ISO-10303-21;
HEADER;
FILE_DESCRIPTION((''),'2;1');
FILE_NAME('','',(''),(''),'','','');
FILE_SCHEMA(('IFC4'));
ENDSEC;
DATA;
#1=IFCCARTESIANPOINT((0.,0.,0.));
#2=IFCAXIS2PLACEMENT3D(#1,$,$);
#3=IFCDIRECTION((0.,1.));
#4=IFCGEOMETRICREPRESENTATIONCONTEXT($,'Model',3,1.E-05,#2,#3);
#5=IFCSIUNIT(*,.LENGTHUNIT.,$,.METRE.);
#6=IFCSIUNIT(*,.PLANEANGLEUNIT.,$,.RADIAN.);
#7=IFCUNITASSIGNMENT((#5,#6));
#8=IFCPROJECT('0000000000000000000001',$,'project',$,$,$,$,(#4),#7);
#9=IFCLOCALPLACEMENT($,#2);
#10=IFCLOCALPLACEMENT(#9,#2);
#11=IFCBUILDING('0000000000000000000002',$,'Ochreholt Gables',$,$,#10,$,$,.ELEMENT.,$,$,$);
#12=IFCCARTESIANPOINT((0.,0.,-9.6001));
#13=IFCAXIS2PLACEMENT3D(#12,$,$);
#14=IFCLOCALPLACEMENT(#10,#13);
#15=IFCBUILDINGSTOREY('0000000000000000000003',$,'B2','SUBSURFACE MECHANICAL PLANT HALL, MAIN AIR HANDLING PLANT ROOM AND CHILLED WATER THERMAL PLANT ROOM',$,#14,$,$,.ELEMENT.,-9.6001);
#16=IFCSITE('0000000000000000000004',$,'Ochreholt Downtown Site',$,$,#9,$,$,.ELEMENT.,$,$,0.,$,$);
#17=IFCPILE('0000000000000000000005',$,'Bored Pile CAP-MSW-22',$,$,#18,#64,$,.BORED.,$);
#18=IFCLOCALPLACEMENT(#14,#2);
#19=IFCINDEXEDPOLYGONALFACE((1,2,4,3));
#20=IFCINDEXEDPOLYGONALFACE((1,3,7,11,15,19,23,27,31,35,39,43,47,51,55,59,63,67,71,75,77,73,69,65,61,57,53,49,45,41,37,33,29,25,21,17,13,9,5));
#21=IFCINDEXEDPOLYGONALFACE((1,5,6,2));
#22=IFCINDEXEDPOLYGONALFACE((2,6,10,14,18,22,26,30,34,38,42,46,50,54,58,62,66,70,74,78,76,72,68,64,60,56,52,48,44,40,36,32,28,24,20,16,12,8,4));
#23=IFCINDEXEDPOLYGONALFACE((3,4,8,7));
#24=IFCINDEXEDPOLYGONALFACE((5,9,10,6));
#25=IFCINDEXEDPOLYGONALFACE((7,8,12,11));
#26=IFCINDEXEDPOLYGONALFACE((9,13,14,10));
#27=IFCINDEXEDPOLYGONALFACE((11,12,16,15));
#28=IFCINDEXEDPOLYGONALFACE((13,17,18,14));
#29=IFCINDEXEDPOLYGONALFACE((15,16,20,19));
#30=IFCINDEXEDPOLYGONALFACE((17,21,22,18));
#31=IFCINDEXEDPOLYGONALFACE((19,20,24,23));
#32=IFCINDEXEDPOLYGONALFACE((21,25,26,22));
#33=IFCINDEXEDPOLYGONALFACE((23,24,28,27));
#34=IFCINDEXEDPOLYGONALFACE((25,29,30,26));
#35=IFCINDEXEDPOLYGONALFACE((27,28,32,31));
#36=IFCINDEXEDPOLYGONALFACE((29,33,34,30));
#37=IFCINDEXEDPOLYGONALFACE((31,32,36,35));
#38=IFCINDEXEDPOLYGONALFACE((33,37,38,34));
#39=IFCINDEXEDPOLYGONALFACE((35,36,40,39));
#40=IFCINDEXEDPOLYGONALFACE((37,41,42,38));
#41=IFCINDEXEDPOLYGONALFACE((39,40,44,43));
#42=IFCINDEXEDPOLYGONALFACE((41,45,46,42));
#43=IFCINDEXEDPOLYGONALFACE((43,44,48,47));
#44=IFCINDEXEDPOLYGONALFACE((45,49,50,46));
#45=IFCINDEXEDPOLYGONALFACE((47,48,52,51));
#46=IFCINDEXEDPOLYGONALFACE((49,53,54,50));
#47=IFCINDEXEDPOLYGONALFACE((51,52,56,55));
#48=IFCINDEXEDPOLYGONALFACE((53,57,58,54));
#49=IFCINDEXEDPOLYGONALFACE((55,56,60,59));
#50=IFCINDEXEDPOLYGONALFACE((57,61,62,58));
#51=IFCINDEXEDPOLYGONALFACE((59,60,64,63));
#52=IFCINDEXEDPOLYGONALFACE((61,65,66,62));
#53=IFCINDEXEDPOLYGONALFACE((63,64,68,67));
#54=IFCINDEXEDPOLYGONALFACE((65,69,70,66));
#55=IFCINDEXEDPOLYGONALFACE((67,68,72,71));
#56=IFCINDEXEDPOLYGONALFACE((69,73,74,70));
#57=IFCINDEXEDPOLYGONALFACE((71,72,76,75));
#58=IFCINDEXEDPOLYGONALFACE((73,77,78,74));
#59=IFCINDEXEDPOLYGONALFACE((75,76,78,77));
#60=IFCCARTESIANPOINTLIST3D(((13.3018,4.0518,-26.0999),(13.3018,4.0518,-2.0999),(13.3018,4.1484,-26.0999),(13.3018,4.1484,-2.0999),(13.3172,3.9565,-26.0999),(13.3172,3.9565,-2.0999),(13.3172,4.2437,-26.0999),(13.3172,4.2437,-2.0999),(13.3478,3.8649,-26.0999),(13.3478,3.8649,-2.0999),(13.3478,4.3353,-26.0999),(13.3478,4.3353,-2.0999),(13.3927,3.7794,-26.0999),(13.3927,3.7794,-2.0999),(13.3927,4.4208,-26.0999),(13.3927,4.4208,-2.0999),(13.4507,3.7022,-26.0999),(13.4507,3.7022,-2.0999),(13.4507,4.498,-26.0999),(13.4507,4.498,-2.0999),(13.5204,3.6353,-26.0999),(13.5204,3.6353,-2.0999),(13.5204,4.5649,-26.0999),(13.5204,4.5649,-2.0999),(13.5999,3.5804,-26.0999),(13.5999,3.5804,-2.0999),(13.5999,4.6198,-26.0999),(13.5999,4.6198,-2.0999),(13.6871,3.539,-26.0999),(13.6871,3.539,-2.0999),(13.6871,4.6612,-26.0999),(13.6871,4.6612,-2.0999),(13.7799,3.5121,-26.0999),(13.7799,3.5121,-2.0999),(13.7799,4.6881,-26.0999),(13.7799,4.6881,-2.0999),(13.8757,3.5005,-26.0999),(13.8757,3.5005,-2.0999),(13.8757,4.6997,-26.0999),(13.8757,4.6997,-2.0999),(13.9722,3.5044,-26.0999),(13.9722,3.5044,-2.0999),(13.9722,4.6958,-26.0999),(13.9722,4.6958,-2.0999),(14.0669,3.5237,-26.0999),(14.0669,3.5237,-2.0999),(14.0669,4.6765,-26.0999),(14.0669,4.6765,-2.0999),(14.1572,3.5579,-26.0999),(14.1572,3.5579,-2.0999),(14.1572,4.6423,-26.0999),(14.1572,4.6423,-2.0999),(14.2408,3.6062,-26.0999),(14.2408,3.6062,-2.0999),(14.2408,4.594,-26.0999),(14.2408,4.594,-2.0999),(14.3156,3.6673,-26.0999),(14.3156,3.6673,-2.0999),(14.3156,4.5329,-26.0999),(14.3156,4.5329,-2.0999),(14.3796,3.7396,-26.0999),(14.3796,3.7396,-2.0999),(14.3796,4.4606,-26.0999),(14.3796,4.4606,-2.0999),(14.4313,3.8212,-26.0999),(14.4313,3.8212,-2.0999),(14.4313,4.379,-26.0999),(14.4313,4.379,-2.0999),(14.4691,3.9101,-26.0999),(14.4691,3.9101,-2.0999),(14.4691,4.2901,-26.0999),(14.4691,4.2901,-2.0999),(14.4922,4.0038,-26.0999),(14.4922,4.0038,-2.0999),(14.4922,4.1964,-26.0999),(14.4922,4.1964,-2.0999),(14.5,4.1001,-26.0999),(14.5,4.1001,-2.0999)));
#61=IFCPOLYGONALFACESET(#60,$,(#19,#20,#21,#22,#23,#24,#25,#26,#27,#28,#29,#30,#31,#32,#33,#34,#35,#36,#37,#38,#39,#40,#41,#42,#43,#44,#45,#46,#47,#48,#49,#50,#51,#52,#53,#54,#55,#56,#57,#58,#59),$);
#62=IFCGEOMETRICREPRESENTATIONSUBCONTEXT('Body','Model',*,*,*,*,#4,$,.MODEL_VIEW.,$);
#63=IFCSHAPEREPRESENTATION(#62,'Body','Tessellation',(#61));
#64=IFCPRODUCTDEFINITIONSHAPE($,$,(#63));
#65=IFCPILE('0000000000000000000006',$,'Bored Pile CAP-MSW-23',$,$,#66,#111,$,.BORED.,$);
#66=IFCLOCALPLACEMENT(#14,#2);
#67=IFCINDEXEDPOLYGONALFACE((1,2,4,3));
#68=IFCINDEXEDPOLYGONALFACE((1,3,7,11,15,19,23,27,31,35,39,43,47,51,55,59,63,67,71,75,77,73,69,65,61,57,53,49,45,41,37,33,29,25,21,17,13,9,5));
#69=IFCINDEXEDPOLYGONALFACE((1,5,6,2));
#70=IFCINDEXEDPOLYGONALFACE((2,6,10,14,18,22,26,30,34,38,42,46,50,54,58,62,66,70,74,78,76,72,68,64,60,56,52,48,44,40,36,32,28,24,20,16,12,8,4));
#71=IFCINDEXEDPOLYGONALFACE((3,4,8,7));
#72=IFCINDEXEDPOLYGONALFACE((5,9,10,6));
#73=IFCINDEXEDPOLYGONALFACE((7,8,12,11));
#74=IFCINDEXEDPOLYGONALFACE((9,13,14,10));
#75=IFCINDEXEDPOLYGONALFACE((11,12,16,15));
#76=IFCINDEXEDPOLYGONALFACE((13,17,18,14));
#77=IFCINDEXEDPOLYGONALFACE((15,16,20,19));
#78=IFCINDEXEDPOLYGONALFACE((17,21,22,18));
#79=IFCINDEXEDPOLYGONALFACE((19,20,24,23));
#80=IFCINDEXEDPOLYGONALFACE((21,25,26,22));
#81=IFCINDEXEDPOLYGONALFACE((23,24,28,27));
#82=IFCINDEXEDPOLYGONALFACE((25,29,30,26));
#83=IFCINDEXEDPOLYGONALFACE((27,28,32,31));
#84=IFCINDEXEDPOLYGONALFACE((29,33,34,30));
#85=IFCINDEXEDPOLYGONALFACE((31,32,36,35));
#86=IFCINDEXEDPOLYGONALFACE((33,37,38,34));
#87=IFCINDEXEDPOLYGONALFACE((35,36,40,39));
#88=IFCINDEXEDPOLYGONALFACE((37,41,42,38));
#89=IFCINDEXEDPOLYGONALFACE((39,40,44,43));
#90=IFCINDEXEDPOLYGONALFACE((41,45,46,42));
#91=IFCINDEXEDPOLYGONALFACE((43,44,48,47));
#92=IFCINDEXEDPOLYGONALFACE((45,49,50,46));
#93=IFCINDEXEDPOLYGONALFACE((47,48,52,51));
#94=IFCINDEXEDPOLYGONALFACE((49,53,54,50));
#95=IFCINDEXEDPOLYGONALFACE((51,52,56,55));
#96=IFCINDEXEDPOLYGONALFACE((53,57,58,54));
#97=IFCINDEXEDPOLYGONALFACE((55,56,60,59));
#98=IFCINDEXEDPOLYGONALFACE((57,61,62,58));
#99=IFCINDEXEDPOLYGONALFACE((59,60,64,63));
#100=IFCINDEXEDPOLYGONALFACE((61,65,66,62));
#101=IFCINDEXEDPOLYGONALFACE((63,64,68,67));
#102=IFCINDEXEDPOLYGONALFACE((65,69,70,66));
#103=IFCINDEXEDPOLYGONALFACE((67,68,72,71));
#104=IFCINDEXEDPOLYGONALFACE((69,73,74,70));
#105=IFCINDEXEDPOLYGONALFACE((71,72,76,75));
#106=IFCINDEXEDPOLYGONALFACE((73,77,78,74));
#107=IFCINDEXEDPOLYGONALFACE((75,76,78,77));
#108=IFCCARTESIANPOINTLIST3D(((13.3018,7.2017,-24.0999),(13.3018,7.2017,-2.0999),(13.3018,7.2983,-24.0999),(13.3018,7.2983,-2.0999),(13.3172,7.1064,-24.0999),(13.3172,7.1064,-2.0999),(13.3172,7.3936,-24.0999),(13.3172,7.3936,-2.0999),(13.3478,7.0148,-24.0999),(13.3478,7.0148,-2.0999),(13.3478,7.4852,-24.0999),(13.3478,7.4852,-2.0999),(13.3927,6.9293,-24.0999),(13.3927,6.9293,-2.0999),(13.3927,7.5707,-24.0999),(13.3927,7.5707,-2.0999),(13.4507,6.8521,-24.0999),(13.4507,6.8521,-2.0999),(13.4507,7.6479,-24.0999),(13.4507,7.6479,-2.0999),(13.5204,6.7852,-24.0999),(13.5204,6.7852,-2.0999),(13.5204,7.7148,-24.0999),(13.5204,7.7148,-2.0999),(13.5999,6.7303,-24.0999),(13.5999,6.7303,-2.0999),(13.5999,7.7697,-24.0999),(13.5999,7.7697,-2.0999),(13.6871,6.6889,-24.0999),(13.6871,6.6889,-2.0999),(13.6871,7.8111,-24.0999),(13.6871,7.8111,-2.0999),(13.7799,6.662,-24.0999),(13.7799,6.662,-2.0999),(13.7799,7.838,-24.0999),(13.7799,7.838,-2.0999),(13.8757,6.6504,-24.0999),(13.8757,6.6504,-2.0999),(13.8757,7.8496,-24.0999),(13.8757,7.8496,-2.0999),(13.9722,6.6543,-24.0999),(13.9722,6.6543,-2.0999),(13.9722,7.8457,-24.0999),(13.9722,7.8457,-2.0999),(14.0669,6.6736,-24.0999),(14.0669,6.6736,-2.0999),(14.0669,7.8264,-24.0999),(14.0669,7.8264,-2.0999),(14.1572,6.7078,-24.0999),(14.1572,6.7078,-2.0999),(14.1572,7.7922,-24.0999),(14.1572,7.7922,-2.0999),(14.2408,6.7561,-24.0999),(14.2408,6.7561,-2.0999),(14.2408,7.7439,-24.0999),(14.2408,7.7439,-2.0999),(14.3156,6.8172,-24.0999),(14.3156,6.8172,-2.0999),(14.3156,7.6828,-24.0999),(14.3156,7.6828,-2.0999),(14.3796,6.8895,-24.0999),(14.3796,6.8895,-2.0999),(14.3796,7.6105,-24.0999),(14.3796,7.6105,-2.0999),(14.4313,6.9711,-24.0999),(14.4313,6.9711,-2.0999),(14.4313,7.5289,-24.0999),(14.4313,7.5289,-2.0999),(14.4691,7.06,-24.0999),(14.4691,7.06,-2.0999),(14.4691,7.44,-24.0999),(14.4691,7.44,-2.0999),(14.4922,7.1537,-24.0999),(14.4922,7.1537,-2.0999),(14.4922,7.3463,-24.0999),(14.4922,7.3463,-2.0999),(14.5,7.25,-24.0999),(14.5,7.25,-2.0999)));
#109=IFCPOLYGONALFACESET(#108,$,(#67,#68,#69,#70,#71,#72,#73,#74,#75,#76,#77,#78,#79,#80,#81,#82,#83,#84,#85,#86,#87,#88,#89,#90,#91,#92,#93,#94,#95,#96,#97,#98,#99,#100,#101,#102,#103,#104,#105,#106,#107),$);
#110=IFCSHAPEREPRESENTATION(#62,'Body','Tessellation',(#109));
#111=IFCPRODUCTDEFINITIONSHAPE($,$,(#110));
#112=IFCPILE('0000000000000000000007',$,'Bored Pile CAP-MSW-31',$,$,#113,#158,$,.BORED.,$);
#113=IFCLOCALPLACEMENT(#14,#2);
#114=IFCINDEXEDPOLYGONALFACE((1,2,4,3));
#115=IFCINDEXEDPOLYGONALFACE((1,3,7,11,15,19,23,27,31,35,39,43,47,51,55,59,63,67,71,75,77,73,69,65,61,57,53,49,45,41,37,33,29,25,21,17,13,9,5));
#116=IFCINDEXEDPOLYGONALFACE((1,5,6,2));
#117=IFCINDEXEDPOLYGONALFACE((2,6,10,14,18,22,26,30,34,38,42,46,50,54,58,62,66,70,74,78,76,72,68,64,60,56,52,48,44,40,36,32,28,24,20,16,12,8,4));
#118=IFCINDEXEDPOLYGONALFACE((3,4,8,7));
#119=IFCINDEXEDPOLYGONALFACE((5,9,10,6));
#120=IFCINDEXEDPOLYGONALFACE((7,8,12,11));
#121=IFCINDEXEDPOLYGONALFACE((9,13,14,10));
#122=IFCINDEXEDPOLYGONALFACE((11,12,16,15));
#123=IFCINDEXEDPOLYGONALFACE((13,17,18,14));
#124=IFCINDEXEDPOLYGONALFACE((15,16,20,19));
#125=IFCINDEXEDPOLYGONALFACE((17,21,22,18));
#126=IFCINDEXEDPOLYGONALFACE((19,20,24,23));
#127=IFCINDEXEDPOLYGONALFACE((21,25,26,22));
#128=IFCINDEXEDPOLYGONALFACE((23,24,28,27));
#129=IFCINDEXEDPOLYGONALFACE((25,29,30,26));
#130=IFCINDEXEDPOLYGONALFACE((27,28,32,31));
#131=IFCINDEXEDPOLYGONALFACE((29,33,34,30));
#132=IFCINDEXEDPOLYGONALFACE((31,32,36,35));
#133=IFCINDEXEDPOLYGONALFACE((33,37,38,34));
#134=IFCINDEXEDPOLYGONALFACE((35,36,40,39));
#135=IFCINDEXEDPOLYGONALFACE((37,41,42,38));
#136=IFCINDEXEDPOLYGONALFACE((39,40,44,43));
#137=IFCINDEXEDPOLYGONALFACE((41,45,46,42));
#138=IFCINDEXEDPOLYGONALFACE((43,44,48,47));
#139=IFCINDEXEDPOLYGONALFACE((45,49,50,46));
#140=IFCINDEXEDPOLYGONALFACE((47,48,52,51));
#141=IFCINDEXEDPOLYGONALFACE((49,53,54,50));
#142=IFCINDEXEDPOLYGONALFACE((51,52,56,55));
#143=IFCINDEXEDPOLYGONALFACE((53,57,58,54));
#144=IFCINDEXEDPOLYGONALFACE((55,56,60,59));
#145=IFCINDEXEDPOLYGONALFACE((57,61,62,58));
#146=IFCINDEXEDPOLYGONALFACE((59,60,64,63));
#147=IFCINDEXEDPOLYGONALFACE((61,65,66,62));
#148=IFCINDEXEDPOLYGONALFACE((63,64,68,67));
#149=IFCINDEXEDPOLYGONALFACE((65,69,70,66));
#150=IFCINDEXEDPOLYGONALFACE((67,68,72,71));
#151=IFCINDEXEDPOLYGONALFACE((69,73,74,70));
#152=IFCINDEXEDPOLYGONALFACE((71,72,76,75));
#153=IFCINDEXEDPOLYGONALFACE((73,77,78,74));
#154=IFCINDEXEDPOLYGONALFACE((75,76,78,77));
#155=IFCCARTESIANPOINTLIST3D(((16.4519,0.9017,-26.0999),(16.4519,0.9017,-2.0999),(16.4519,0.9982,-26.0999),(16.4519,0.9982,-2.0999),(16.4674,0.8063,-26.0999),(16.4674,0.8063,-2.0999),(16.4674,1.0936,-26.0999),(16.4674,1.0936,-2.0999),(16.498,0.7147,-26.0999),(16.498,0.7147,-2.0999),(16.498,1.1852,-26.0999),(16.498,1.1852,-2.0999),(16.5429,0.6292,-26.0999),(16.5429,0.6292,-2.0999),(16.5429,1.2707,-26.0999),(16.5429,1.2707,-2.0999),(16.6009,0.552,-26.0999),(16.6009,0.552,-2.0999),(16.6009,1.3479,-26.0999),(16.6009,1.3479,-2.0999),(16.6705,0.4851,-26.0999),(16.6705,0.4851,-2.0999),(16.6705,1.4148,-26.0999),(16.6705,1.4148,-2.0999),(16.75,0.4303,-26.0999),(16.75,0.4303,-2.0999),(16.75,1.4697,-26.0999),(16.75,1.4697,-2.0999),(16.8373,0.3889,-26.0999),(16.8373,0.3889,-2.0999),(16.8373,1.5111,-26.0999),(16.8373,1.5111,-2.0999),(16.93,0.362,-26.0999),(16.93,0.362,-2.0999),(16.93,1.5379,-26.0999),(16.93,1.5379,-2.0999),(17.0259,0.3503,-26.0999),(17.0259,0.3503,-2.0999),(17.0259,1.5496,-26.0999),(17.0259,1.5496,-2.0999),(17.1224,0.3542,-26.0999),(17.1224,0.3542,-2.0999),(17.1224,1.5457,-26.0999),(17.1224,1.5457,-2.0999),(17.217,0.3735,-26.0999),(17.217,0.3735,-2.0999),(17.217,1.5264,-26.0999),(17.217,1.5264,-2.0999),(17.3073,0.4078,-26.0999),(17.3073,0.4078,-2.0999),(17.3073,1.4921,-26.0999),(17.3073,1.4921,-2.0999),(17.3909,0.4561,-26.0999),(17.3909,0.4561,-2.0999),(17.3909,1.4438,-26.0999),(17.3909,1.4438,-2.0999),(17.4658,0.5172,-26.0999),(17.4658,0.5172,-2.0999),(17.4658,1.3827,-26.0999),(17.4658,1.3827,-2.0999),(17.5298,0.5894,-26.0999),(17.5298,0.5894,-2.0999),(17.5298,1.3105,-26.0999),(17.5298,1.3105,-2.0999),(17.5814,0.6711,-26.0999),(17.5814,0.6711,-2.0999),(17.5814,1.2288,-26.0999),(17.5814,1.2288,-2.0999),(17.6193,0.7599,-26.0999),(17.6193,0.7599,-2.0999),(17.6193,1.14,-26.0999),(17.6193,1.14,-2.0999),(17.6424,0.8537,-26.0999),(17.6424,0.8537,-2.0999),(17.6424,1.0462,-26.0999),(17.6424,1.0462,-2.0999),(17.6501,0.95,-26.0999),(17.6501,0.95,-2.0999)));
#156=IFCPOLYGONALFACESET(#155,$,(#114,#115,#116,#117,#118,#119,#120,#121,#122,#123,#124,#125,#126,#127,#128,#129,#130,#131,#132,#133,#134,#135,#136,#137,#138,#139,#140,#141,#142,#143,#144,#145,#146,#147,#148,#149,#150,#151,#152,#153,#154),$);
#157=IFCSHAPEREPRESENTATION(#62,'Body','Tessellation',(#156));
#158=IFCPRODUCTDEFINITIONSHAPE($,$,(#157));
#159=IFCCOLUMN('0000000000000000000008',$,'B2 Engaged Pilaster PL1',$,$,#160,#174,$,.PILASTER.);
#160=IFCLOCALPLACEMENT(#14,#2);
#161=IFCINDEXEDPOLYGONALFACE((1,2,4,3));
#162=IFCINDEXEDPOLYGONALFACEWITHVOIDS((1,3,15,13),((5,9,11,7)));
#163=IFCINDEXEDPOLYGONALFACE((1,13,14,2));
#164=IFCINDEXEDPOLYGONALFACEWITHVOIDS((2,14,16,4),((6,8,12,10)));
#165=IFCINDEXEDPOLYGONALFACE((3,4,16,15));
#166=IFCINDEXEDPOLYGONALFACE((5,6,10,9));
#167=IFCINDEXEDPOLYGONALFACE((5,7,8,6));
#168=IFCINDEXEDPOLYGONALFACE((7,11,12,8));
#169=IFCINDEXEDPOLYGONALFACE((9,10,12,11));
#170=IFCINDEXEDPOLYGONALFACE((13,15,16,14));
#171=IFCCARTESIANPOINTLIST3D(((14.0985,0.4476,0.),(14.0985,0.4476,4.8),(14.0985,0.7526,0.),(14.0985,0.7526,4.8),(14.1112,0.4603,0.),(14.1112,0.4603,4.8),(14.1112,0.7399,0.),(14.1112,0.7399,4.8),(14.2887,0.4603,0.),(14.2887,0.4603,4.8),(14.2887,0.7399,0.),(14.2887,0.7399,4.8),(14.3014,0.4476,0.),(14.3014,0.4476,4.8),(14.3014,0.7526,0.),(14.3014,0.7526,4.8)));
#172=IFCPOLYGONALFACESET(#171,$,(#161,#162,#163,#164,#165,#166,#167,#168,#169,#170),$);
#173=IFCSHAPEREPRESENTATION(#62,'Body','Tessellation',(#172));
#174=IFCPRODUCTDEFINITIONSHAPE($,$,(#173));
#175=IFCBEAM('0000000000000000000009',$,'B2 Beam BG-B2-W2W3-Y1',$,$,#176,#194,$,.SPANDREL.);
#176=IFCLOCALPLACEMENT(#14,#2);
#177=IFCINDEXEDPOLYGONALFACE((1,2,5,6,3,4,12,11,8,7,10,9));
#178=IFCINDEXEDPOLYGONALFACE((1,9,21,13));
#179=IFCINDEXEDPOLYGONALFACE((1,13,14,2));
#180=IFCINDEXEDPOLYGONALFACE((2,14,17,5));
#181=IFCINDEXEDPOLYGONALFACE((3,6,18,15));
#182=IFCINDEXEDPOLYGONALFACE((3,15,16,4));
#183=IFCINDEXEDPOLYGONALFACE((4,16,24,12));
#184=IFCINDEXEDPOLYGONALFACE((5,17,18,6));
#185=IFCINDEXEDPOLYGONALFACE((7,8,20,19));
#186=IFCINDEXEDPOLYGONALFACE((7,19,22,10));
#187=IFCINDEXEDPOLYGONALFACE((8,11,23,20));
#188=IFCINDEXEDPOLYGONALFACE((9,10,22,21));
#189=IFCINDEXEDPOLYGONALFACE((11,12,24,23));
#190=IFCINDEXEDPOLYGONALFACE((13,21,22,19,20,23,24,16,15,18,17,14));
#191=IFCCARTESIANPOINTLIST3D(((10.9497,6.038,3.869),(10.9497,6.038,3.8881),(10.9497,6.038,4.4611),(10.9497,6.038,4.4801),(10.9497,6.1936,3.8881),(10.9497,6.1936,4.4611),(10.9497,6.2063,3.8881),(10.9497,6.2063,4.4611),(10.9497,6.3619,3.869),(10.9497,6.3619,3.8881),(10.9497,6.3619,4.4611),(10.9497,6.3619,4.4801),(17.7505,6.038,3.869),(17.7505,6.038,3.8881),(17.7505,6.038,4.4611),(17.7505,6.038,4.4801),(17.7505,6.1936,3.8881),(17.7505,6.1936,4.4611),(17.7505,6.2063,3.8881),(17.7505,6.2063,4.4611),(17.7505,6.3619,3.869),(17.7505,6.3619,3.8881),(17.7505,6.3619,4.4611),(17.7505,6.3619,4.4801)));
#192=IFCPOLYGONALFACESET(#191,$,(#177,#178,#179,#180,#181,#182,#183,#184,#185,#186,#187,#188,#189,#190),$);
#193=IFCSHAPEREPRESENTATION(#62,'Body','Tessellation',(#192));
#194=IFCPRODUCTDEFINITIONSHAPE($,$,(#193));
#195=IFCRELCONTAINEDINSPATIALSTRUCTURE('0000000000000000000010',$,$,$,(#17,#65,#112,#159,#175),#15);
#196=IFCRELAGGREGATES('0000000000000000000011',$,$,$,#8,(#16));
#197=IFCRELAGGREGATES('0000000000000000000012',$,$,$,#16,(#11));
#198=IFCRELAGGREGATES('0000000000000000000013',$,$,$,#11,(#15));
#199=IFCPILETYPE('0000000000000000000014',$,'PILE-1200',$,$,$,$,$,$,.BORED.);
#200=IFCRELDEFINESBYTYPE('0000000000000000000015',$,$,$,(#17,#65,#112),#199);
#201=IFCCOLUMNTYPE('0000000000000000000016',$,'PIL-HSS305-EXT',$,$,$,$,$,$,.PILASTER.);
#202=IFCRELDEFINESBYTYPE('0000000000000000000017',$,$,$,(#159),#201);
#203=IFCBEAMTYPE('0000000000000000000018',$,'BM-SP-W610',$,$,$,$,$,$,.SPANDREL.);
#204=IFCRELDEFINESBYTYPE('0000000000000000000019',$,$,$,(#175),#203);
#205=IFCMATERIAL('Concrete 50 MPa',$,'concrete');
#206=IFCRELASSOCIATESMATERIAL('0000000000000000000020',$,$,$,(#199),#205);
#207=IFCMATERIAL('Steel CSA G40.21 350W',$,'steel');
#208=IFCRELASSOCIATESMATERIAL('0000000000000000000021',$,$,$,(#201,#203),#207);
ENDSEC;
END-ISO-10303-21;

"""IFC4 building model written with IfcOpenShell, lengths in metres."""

from ifc_helpers import new_model, si_unit, direction, frame, origin, origin_2d, place, context, subcontext, project, spatial, hollow_rectangle, circle, i_section, extrude, material, material_profile, profile_set, type_object, element, save


model = new_model("IFC4")

# Units and contexts
model_context = context("Model", 3, precision=1e-05, world=origin(), true_north=direction((0.0, 1.0)))
body_context = subcontext(model_context, "Body", "Model", "MODEL_VIEW")
ifc_project = project(units=[si_unit("LENGTHUNIT", "METRE"), si_unit("PLANEANGLEUNIT", "RADIAN")], contexts=[model_context])

# Site, building, storey
site_placement = place(None, origin())
site = spatial("IfcSite", under=ifc_project, at=site_placement, Name="Ochreholt Downtown Site", CompositionType="ELEMENT", RefElevation=0.0)
building_placement = place(site_placement, origin())
building = spatial("IfcBuilding", under=site, at=building_placement, Name="Ochreholt Gables", CompositionType="ELEMENT")
storey_placement = place(building_placement, frame((0.0, 0.0, -9.6001)))
storey = spatial("IfcBuildingStorey", under=building, at=storey_placement, Name="B2", Description="SUBSURFACE MECHANICAL PLANT HALL, MAIN AIR HANDLING PLANT ROOM AND CHILLED WATER THERMAL PLANT ROOM", CompositionType="ELEMENT", Elevation=-9.6001)

# Piles
ifc_material_1 = material(Name="Concrete 50 MPa", Category="concrete")
ifc_material_profile_1 = material_profile(ifc_material_1, circle(Radius=0.6001, at=origin_2d()), Name="PILE1200")
ifc_profile_set_1 = profile_set([ifc_material_profile_1], Name="Concrete 50 MPa")
pile_type = type_object("IfcPileType", Name="PILE-1200", PredefinedType="BORED", material=ifc_profile_set_1)
pile_1_placement = place(storey_placement, frame((13.8999, 4.1001, -2.0999), z_axis=(0.0, 0.0, -1.0), x_axis=(1.0, 0.0, 0.0)))
element("IfcPile", 1, at=pile_1_placement, inside=storey, type_object=pile_type, Name="Bored Pile CAP-MSW-22", PredefinedType="BORED", context=body_context, shape_type="SweptSolid", body=[
    extrude(circle(Radius=0.6001, at=origin_2d()), origin(), (0.0, 0.0, 1.0), 24.0),
])
pile_2_placement = place(storey_placement, frame((13.8999, 7.25, -2.0999), z_axis=(0.0, 0.0, -1.0), x_axis=(1.0, 0.0, 0.0)))
element("IfcPile", 2, at=pile_2_placement, inside=storey, type_object=pile_type, Name="Bored Pile CAP-MSW-23", PredefinedType="BORED", context=body_context, shape_type="SweptSolid", body=[
    extrude(circle(Radius=0.6001, at=origin_2d()), origin(), (0.0, 0.0, 1.0), 22.0),
])
pile_3_placement = place(storey_placement, frame((17.05, 0.95, -2.0999), z_axis=(0.0, 0.0, -1.0), x_axis=(1.0, 0.0, 0.0)))
element("IfcPile", 3, at=pile_3_placement, inside=storey, type_object=pile_type, Name="Bored Pile CAP-MSW-31", PredefinedType="BORED", context=body_context, shape_type="SweptSolid", body=[
    extrude(circle(Radius=0.6001, at=origin_2d()), origin(), (0.0, 0.0, 1.0), 24.0),
])

# Column
ifc_material_2 = material(Name="Steel CSA G40.21 350W", Category="steel")
ifc_material_profile_2 = material_profile(ifc_material_2, hollow_rectangle(XDim=0.2029, YDim=0.3049, WallThickness=0.0127, at=origin_2d()), Name="HSS305X203X13")
ifc_profile_set_2 = profile_set([ifc_material_profile_2], Name="Steel CSA G40.21 350W")
column_type = type_object("IfcColumnType", Name="PIL-HSS305-EXT", PredefinedType="PILASTER", material=ifc_profile_set_2)
column_placement = place(storey_placement, frame((14.2, 0.6001, 0.0), z_axis=(0.0, 0.0, 1.0), x_axis=(1.0, 0.0, 0.0)))
element("IfcColumn", 4, at=column_placement, inside=storey, type_object=column_type, Name="B2 Engaged Pilaster PL1", PredefinedType="PILASTER", context=body_context, shape_type="SweptSolid", body=[
    extrude(hollow_rectangle(XDim=0.2029, YDim=0.3049, WallThickness=0.0127, at=origin_2d()), origin(), (0.0, 0.0, 1.0), 4.8),
])

# Beam
ifc_material_profile_3 = material_profile(ifc_material_2, i_section(OverallWidth=0.324, OverallDepth=0.6111, WebThickness=0.0127, FlangeThickness=0.019, at=origin_2d()), Name="W610X155")
ifc_profile_set_3 = profile_set([ifc_material_profile_3], Name="Steel CSA G40.21 350W")
beam_type = type_object("IfcBeamType", Name="BM-SP-W610", PredefinedType="SPANDREL", material=ifc_profile_set_3)
beam_placement = place(storey_placement, frame((10.9497, 6.2, 4.1746), z_axis=(1.0, 0.0, 0.0), x_axis=(0.0, 1.0, 0.0)))
element("IfcBeam", 5, at=beam_placement, inside=storey, type_object=beam_type, Name="B2 Beam BG-B2-W2W3-Y1", PredefinedType="SPANDREL", context=body_context, shape_type="SweptSolid", body=[
    extrude(i_section(OverallWidth=0.324, OverallDepth=0.6111, WebThickness=0.0127, FlangeThickness=0.019, at=origin_2d()), origin(), (0.0, 0.0, 1.0), 6.8008),
])

save(model, "model.ifc")
